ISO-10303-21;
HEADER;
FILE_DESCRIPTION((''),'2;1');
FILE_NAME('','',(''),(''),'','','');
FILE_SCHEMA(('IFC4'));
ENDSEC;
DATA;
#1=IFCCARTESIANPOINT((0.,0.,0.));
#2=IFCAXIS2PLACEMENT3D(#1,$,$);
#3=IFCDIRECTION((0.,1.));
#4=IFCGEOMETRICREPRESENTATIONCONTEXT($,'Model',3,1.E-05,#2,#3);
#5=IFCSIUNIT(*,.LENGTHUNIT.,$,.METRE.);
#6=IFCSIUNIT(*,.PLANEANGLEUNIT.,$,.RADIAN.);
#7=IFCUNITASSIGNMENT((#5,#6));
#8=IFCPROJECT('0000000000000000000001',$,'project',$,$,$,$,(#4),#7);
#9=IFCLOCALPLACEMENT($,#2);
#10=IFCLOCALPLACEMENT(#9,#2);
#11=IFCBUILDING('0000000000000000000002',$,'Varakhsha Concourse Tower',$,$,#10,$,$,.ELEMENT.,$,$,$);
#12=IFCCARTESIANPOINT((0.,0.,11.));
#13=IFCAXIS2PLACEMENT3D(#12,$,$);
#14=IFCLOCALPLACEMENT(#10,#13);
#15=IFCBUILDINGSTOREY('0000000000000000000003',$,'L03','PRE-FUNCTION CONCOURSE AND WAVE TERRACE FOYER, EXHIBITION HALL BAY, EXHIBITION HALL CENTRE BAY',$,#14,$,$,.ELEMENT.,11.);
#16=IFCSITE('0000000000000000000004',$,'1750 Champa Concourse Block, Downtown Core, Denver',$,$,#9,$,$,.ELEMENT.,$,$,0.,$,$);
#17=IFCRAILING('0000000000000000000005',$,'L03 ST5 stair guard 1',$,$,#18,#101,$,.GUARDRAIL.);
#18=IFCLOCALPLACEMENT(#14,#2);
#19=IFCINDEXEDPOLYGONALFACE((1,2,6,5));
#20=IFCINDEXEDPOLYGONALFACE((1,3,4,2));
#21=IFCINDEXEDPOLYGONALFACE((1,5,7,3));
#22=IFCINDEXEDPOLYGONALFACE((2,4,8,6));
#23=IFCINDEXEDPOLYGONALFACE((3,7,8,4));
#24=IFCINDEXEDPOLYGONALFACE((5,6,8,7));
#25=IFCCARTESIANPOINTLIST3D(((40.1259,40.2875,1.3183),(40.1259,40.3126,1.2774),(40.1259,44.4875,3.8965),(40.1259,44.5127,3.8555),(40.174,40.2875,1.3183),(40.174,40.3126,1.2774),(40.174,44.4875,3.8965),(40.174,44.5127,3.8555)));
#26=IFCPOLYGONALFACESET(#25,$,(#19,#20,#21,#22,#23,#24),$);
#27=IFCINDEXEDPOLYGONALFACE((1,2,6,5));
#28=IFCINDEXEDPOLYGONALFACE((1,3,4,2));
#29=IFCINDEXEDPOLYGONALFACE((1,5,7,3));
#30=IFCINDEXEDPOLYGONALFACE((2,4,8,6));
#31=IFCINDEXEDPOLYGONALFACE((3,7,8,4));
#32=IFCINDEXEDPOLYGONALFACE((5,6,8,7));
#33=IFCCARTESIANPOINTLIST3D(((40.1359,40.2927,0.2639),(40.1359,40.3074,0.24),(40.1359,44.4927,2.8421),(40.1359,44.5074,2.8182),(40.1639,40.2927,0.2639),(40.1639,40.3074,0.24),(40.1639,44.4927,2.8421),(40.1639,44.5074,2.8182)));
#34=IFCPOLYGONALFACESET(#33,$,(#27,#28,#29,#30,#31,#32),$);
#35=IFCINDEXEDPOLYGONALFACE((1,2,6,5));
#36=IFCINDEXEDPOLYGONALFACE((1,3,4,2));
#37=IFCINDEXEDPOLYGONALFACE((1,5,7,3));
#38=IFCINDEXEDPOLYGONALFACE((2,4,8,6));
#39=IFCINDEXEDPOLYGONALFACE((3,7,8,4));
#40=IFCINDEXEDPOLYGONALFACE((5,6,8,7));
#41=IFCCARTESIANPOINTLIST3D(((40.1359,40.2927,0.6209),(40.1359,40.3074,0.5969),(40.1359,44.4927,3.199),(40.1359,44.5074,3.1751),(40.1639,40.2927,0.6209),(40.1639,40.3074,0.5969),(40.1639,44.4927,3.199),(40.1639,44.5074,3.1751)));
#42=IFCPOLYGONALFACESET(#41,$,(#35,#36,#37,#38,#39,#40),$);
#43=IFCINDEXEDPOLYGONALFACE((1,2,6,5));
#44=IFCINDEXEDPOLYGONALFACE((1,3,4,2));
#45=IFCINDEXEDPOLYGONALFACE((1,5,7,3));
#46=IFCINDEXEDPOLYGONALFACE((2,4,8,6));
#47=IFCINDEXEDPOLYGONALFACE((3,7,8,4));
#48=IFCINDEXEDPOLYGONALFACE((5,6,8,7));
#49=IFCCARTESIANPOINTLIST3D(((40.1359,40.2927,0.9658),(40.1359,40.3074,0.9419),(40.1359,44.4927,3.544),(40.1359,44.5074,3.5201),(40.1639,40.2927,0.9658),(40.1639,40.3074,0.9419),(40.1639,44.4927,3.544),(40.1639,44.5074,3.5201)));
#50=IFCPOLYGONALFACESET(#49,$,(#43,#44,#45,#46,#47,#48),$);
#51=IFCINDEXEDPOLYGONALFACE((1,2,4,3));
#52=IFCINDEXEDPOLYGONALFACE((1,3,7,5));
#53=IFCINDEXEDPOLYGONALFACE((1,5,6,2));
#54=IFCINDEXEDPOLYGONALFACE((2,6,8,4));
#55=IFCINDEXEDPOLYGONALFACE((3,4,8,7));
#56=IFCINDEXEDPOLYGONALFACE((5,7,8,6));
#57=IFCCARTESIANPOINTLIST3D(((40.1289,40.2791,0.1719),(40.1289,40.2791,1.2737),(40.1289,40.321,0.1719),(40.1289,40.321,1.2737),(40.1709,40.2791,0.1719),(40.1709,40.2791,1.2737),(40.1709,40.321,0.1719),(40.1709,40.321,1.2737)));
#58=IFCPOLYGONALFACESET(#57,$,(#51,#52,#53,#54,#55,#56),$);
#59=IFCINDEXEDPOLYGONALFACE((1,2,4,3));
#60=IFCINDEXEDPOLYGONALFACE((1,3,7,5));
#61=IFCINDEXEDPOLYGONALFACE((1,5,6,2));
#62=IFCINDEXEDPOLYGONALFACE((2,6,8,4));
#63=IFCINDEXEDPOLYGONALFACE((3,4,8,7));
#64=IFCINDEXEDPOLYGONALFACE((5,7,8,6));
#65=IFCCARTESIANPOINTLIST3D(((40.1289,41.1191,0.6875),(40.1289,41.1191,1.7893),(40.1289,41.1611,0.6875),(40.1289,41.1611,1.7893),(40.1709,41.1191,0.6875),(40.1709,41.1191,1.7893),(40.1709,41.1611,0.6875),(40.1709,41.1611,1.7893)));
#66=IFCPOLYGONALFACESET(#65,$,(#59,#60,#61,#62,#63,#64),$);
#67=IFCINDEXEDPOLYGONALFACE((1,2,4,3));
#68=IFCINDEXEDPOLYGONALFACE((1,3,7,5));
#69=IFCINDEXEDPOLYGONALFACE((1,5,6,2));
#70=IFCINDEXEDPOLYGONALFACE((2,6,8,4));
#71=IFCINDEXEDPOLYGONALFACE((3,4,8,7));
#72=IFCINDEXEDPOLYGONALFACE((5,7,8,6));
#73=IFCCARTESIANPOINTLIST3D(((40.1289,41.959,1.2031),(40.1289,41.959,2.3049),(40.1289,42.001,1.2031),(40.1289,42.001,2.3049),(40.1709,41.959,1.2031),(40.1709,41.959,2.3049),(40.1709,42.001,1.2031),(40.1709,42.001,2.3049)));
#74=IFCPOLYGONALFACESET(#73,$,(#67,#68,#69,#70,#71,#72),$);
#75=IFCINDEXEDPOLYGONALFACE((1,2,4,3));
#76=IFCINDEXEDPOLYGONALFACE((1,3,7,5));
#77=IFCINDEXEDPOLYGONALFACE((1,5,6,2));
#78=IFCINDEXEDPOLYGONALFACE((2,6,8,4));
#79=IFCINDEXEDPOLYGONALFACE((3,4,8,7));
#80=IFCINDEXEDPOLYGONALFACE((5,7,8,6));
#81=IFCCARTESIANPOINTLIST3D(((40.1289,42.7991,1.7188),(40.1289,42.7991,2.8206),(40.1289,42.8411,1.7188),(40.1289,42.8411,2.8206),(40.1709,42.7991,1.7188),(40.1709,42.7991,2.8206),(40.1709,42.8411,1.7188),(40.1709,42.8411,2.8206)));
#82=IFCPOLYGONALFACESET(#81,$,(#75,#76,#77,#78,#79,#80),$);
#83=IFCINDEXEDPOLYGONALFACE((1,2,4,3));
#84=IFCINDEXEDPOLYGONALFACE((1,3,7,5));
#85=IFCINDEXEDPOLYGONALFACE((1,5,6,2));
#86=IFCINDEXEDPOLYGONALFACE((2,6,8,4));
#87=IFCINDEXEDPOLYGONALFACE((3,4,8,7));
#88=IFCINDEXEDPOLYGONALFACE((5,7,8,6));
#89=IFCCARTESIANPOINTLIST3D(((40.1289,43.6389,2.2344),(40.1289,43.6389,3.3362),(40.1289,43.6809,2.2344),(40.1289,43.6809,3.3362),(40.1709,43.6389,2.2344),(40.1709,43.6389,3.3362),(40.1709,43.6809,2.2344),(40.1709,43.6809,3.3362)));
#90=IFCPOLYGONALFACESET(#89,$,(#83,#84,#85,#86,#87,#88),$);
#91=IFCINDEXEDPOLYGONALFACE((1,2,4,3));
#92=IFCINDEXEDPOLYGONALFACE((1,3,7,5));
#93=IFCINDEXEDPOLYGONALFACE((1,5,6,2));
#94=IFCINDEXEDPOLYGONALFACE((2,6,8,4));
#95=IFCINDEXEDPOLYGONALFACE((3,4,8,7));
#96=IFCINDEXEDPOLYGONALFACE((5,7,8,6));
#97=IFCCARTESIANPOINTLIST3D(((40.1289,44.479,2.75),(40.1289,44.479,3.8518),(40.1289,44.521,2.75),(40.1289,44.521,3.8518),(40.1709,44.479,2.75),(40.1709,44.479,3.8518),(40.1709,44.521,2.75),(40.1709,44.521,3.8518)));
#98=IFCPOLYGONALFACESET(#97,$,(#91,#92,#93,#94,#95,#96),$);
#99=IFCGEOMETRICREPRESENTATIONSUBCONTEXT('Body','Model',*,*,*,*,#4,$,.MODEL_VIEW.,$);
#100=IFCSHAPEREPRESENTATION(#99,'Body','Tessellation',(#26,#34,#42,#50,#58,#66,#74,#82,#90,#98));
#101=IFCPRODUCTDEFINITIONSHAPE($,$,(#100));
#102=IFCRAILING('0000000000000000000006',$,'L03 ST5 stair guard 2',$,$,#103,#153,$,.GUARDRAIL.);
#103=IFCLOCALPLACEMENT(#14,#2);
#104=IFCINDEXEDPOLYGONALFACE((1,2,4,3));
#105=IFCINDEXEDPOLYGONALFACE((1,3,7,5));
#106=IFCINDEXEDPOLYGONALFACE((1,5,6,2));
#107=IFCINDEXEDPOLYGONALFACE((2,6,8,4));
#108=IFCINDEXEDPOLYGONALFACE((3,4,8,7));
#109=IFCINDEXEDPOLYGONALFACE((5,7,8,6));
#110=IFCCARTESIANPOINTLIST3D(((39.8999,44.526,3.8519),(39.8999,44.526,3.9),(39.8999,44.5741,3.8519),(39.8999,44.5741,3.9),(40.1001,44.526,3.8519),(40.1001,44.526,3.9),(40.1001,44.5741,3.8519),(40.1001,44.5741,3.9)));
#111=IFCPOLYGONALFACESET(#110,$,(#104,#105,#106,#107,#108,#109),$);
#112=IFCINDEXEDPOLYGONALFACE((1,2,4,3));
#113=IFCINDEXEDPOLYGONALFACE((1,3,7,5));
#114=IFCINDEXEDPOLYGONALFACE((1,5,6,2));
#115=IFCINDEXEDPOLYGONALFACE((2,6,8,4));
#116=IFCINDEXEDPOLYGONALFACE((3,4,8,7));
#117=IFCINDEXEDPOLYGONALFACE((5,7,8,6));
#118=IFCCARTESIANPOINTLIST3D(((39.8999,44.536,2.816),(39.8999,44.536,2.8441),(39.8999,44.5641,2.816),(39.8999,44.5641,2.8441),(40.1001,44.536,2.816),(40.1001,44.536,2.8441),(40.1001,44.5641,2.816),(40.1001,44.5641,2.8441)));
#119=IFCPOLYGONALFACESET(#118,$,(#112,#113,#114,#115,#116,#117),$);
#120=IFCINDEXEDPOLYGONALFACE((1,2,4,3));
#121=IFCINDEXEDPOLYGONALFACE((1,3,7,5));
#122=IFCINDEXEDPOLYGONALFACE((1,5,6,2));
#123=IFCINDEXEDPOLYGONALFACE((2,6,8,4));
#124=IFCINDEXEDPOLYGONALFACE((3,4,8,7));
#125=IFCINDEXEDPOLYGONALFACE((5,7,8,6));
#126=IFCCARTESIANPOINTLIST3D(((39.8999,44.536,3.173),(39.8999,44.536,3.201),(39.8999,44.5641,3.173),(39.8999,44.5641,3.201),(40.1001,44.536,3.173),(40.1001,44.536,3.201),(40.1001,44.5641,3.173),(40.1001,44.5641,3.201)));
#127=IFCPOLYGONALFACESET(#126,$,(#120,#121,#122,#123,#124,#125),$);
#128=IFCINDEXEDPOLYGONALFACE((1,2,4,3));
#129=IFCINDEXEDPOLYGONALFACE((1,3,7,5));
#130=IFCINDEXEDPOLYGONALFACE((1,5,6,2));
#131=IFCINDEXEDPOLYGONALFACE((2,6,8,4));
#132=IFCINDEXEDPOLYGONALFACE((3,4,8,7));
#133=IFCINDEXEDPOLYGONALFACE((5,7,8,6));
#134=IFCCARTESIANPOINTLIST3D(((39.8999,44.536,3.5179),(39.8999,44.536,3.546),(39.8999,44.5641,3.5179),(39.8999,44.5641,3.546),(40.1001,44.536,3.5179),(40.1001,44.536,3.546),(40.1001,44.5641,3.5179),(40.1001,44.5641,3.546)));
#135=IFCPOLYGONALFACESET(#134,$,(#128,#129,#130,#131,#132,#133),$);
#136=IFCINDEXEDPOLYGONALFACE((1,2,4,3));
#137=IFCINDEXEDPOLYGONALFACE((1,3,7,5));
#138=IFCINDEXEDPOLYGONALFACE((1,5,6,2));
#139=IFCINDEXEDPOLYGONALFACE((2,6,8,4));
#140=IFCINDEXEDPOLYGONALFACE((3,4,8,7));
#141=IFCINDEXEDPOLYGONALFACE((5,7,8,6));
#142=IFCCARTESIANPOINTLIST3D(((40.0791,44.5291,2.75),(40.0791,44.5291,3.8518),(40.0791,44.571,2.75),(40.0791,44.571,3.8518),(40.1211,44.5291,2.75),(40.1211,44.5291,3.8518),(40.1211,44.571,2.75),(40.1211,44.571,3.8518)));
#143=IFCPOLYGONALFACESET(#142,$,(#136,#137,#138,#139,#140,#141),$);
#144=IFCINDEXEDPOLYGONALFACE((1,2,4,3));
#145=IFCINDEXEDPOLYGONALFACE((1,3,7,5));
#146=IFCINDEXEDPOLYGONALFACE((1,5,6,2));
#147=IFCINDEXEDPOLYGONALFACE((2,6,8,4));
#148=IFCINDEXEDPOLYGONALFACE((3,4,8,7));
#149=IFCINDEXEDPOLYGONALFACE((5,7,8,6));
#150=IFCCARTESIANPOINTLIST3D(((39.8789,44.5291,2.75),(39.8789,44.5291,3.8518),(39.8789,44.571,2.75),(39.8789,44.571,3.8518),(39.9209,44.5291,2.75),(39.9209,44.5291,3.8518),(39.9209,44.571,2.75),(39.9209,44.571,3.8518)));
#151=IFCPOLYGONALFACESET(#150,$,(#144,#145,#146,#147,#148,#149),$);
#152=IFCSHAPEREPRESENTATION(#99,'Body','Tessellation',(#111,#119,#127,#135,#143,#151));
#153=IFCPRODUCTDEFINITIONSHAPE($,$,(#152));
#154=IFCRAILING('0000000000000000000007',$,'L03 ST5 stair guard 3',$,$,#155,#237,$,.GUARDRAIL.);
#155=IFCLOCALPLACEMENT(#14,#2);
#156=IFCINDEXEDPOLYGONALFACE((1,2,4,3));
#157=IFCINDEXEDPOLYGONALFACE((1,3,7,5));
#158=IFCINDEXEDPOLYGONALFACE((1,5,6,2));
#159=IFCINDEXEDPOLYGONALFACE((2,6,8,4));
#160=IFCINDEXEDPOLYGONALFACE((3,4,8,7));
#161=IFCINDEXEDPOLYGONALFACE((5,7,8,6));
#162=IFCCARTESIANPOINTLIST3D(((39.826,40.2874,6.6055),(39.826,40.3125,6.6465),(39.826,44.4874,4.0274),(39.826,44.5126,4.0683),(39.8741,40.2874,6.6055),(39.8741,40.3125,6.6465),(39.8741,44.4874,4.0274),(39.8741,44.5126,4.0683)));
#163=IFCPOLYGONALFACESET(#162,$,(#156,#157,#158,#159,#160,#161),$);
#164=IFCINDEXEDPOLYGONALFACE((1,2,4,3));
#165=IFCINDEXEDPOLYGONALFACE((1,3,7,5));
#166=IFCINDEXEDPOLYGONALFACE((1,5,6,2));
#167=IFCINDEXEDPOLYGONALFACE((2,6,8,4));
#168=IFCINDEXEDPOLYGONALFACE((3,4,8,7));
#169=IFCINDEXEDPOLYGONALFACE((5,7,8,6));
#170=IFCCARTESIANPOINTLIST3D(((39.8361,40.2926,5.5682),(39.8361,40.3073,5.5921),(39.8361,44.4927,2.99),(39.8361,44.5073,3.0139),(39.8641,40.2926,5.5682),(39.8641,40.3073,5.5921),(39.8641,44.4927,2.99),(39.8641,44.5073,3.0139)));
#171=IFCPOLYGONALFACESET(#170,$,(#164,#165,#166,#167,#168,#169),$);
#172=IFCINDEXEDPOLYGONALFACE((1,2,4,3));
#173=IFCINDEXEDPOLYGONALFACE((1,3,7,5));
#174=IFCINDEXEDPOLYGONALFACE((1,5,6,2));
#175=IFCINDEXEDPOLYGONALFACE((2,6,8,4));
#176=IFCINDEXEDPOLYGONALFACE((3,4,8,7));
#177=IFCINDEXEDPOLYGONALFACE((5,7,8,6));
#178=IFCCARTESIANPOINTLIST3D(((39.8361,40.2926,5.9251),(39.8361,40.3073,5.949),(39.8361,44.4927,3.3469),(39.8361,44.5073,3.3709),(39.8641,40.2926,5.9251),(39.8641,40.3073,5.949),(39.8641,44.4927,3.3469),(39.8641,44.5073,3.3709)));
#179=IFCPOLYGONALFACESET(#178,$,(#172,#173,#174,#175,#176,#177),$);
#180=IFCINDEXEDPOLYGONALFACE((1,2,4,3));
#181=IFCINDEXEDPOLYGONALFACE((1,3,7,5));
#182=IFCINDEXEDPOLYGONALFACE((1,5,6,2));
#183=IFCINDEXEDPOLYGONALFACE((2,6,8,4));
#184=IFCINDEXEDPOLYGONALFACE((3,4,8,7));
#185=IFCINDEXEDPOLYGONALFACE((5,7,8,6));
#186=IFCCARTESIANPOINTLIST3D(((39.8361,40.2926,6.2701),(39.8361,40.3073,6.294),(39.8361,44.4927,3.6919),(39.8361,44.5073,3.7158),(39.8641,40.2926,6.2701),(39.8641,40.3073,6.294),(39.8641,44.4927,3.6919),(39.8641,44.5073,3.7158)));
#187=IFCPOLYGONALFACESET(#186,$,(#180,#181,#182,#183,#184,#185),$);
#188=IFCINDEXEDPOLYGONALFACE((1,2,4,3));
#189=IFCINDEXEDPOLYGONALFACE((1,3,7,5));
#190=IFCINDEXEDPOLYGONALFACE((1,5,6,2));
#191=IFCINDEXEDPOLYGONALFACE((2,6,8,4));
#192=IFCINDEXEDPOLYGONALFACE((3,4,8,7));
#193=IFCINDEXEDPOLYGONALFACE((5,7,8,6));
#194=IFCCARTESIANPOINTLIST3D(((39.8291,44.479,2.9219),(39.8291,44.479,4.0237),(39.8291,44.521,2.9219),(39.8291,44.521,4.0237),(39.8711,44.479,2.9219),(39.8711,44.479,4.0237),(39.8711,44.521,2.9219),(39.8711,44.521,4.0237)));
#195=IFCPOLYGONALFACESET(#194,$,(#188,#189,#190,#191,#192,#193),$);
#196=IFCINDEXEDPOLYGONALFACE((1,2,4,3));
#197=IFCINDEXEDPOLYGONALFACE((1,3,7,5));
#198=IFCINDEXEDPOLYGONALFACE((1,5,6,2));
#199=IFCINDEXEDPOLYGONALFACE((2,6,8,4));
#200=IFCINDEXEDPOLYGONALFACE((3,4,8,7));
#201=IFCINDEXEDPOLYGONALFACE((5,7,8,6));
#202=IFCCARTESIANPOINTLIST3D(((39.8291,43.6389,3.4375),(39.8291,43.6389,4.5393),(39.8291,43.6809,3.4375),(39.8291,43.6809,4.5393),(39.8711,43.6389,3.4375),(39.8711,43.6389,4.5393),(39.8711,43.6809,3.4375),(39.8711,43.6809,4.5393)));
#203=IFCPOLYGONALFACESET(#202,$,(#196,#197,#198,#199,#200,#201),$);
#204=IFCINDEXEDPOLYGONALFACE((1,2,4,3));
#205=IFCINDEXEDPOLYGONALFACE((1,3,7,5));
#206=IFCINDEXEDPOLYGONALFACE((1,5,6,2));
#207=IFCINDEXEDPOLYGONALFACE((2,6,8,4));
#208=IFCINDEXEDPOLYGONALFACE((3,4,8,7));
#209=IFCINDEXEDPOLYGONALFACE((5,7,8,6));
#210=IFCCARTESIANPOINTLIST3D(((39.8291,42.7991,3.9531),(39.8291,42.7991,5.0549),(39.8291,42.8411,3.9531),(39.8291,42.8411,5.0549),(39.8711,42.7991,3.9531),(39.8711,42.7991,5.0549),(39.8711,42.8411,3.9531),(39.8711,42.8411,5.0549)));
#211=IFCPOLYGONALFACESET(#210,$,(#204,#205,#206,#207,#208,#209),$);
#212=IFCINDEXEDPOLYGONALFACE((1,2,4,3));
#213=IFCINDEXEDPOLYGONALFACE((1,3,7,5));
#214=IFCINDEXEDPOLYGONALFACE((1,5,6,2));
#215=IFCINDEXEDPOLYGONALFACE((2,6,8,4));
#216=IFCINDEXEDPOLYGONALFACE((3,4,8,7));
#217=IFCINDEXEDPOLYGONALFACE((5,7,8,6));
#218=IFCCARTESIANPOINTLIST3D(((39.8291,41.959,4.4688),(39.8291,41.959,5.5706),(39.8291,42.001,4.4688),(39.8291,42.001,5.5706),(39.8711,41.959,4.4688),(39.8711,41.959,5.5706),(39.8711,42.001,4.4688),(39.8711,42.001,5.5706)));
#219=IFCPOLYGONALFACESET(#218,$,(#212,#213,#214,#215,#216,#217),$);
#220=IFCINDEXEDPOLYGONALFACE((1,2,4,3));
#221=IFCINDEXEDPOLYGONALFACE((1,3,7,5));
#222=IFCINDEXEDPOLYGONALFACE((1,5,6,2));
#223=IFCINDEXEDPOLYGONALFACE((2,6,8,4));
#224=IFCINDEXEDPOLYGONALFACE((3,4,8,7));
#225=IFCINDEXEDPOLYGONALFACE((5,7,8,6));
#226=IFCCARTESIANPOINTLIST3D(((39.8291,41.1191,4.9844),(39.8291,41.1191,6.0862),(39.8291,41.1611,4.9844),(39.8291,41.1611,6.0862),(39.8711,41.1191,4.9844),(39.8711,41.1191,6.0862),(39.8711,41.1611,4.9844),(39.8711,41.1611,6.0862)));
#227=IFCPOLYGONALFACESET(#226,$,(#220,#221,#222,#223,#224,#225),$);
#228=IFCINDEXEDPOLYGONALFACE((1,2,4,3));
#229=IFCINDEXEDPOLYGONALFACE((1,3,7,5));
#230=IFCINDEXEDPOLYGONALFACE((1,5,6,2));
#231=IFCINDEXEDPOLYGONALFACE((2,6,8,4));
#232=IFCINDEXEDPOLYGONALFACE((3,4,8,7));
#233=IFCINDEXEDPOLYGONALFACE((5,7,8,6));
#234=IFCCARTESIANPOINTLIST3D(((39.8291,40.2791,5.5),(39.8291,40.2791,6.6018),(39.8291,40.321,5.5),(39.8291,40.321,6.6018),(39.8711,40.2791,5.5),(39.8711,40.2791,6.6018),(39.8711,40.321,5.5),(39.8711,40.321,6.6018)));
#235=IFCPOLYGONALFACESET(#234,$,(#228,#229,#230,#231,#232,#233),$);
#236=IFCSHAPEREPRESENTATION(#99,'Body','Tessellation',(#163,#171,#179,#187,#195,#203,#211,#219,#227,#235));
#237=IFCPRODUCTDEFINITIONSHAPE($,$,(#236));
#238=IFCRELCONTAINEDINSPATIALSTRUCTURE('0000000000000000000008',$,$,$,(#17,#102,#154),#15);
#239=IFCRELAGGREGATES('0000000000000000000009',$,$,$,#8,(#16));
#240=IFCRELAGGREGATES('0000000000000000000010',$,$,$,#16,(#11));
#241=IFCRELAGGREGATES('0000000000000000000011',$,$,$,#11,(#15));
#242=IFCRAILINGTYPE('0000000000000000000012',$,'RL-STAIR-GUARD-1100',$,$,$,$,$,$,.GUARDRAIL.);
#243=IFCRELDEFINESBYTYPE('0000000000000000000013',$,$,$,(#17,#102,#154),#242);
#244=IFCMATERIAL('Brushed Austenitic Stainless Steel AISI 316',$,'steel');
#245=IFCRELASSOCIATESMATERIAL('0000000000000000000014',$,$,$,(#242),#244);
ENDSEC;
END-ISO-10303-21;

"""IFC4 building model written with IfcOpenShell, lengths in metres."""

from ifc_helpers import new_model, si_unit, direction, frame, origin, origin_2d, place, context, subcontext, project, spatial, rectangle, extrude, material, type_object, element, save


model = new_model("IFC4")

# Units and contexts
model_context = context("Model", 3, precision=1e-05, world=origin(), true_north=direction((0.0, 1.0)))
body_context = subcontext(model_context, "Body", "Model", "MODEL_VIEW")
ifc_project = project(units=[si_unit("LENGTHUNIT", "METRE"), si_unit("PLANEANGLEUNIT", "RADIAN")], contexts=[model_context])

# Site, building, storey
site_placement = place(None, origin())
site = spatial("IfcSite", under=ifc_project, at=site_placement, Name="1750 Champa Concourse Block, Downtown Core, Denver", CompositionType="ELEMENT", RefElevation=0.0)
building_placement = place(site_placement, origin())
building = spatial("IfcBuilding", under=site, at=building_placement, Name="Varakhsha Concourse Tower", CompositionType="ELEMENT")
storey_placement = place(building_placement, frame((0.0, 0.0, 11.0)))
storey = spatial("IfcBuildingStorey", under=building, at=storey_placement, Name="L03", Description="PRE-FUNCTION CONCOURSE AND WAVE TERRACE FOYER, EXHIBITION HALL BAY, EXHIBITION HALL CENTRE BAY", CompositionType="ELEMENT", Elevation=11.0)

# Railings
ifc_material_1 = material(Name="Brushed Austenitic Stainless Steel AISI 316", Category="steel")
railing_type_1 = type_object("IfcRailingType", Name="RL-STAIR-GUARD-1100", PredefinedType="GUARDRAIL", material=ifc_material_1)
railing_1_placement = place(storey_placement, frame((40.1499, 40.3, 0.1719)))
element("IfcRailing", 1, at=railing_1_placement, inside=storey, type_object=railing_type_1, Name="L03 ST5 stair guard 1", PredefinedType="GUARDRAIL", context=body_context, shape_type="SweptSolid", body=[
    extrude(rectangle(XDim=0.0481, YDim=0.0481, at=origin_2d()), frame((0.0, 0.0, 1.126), z_axis=(0.0, 0.852243, 0.523146), x_axis=(-1.0, 0.0, 0.0)), (0.0, 0.0, 1.0), 4.9282),
    extrude(rectangle(XDim=0.0281, YDim=0.0281, at=origin_2d()), frame((0.0, 0.0, 0.0801), z_axis=(0.0, 0.852243, 0.523146), x_axis=(-1.0, 0.0, 0.0)), (0.0, 0.0, 1.0), 4.9282),
    extrude(rectangle(XDim=0.0281, YDim=0.0281, at=origin_2d()), frame((0.0, 0.0, 0.437), z_axis=(0.0, 0.852243, 0.523146), x_axis=(-1.0, 0.0, 0.0)), (0.0, 0.0, 1.0), 4.9282),
    extrude(rectangle(XDim=0.0281, YDim=0.0281, at=origin_2d()), frame((0.0, 0.0, 0.782), z_axis=(0.0, 0.852243, 0.523146), x_axis=(-1.0, 0.0, 0.0)), (0.0, 0.0, 1.0), 4.9282),
    extrude(rectangle(XDim=0.042, YDim=0.042, at=origin_2d()), origin(), (0.0, 0.0, 1.0), 1.1018),
    extrude(rectangle(XDim=0.042, YDim=0.042, at=origin_2d()), frame((0.0, 0.8401, 0.5156)), (0.0, 0.0, 1.0), 1.1018),
    extrude(rectangle(XDim=0.042, YDim=0.042, at=origin_2d()), frame((0.0, 1.6799, 1.0312)), (0.0, 0.0, 1.0), 1.1018),
    extrude(rectangle(XDim=0.042, YDim=0.042, at=origin_2d()), frame((0.0, 2.52, 1.5469)), (0.0, 0.0, 1.0), 1.1018),
    extrude(rectangle(XDim=0.042, YDim=0.042, at=origin_2d()), frame((0.0, 3.3599, 2.0625)), (0.0, 0.0, 1.0), 1.1018),
    extrude(rectangle(XDim=0.042, YDim=0.042, at=origin_2d()), frame((0.0, 4.2, 2.5781)), (0.0, 0.0, 1.0), 1.1018),
])
railing_2_placement = place(storey_placement, frame((40.1001, 44.55, 2.75)))
element("IfcRailing", 2, at=railing_2_placement, inside=storey, type_object=railing_type_1, Name="L03 ST5 stair guard 2", PredefinedType="GUARDRAIL", context=body_context, shape_type="SweptSolid", body=[
    extrude(rectangle(XDim=0.0481, YDim=0.0481, at=origin_2d()), frame((0.0, 0.0, 1.126), z_axis=(-1.0, 0.0, 0.0), x_axis=(0.0, -1.0, 0.0)), (0.0, 0.0, 1.0), 0.2002),
    extrude(rectangle(XDim=0.0281, YDim=0.0281, at=origin_2d()), frame((0.0, 0.0, 0.0801), z_axis=(-1.0, 0.0, 0.0), x_axis=(0.0, -1.0, 0.0)), (0.0, 0.0, 1.0), 0.2002),
    extrude(rectangle(XDim=0.0281, YDim=0.0281, at=origin_2d()), frame((0.0, 0.0, 0.437), z_axis=(-1.0, 0.0, 0.0), x_axis=(0.0, -1.0, 0.0)), (0.0, 0.0, 1.0), 0.2002),
    extrude(rectangle(XDim=0.0281, YDim=0.0281, at=origin_2d()), frame((0.0, 0.0, 0.782), z_axis=(-1.0, 0.0, 0.0), x_axis=(0.0, -1.0, 0.0)), (0.0, 0.0, 1.0), 0.2002),
    extrude(rectangle(XDim=0.042, YDim=0.042, at=origin_2d()), origin(), (0.0, 0.0, 1.0), 1.1018),
    extrude(rectangle(XDim=0.042, YDim=0.042, at=origin_2d()), frame((-0.2002, 0.0, 0.0)), (0.0, 0.0, 1.0), 1.1018),
])
railing_3_placement = place(storey_placement, frame((39.8501, 44.5, 2.9219)))
element("IfcRailing", 3, at=railing_3_placement, inside=storey, type_object=railing_type_1, Name="L03 ST5 stair guard 3", PredefinedType="GUARDRAIL", context=body_context, shape_type="SweptSolid", body=[
    extrude(rectangle(XDim=0.0481, YDim=0.0481, at=origin_2d()), frame((0.0, 0.0, 1.126), z_axis=(0.0, -0.852243, 0.523146), x_axis=(1.0, 0.0, 0.0)), (0.0, 0.0, 1.0), 4.9282),
    extrude(rectangle(XDim=0.0281, YDim=0.0281, at=origin_2d()), frame((0.0, 0.0, 0.0801), z_axis=(0.0, -0.852243, 0.523146), x_axis=(1.0, 0.0, 0.0)), (0.0, 0.0, 1.0), 4.9282),
    extrude(rectangle(XDim=0.0281, YDim=0.0281, at=origin_2d()), frame((0.0, 0.0, 0.437), z_axis=(0.0, -0.852243, 0.523146), x_axis=(1.0, 0.0, 0.0)), (0.0, 0.0, 1.0), 4.9282),
    extrude(rectangle(XDim=0.0281, YDim=0.0281, at=origin_2d()), frame((0.0, 0.0, 0.782), z_axis=(0.0, -0.852243, 0.523146), x_axis=(1.0, 0.0, 0.0)), (0.0, 0.0, 1.0), 4.9282),
    extrude(rectangle(XDim=0.042, YDim=0.042, at=origin_2d()), origin(), (0.0, 0.0, 1.0), 1.1018),
    extrude(rectangle(XDim=0.042, YDim=0.042, at=origin_2d()), frame((0.0, -0.8401, 0.5156)), (0.0, 0.0, 1.0), 1.1018),
    extrude(rectangle(XDim=0.042, YDim=0.042, at=origin_2d()), frame((0.0, -1.6799, 1.0312)), (0.0, 0.0, 1.0), 1.1018),
    extrude(rectangle(XDim=0.042, YDim=0.042, at=origin_2d()), frame((0.0, -2.52, 1.5469)), (0.0, 0.0, 1.0), 1.1018),
    extrude(rectangle(XDim=0.042, YDim=0.042, at=origin_2d()), frame((0.0, -3.3599, 2.0625)), (0.0, 0.0, 1.0), 1.1018),
    extrude(rectangle(XDim=0.042, YDim=0.042, at=origin_2d()), frame((0.0, -4.2, 2.5781)), (0.0, 0.0, 1.0), 1.1018),
])

save(model, "model.ifc")
